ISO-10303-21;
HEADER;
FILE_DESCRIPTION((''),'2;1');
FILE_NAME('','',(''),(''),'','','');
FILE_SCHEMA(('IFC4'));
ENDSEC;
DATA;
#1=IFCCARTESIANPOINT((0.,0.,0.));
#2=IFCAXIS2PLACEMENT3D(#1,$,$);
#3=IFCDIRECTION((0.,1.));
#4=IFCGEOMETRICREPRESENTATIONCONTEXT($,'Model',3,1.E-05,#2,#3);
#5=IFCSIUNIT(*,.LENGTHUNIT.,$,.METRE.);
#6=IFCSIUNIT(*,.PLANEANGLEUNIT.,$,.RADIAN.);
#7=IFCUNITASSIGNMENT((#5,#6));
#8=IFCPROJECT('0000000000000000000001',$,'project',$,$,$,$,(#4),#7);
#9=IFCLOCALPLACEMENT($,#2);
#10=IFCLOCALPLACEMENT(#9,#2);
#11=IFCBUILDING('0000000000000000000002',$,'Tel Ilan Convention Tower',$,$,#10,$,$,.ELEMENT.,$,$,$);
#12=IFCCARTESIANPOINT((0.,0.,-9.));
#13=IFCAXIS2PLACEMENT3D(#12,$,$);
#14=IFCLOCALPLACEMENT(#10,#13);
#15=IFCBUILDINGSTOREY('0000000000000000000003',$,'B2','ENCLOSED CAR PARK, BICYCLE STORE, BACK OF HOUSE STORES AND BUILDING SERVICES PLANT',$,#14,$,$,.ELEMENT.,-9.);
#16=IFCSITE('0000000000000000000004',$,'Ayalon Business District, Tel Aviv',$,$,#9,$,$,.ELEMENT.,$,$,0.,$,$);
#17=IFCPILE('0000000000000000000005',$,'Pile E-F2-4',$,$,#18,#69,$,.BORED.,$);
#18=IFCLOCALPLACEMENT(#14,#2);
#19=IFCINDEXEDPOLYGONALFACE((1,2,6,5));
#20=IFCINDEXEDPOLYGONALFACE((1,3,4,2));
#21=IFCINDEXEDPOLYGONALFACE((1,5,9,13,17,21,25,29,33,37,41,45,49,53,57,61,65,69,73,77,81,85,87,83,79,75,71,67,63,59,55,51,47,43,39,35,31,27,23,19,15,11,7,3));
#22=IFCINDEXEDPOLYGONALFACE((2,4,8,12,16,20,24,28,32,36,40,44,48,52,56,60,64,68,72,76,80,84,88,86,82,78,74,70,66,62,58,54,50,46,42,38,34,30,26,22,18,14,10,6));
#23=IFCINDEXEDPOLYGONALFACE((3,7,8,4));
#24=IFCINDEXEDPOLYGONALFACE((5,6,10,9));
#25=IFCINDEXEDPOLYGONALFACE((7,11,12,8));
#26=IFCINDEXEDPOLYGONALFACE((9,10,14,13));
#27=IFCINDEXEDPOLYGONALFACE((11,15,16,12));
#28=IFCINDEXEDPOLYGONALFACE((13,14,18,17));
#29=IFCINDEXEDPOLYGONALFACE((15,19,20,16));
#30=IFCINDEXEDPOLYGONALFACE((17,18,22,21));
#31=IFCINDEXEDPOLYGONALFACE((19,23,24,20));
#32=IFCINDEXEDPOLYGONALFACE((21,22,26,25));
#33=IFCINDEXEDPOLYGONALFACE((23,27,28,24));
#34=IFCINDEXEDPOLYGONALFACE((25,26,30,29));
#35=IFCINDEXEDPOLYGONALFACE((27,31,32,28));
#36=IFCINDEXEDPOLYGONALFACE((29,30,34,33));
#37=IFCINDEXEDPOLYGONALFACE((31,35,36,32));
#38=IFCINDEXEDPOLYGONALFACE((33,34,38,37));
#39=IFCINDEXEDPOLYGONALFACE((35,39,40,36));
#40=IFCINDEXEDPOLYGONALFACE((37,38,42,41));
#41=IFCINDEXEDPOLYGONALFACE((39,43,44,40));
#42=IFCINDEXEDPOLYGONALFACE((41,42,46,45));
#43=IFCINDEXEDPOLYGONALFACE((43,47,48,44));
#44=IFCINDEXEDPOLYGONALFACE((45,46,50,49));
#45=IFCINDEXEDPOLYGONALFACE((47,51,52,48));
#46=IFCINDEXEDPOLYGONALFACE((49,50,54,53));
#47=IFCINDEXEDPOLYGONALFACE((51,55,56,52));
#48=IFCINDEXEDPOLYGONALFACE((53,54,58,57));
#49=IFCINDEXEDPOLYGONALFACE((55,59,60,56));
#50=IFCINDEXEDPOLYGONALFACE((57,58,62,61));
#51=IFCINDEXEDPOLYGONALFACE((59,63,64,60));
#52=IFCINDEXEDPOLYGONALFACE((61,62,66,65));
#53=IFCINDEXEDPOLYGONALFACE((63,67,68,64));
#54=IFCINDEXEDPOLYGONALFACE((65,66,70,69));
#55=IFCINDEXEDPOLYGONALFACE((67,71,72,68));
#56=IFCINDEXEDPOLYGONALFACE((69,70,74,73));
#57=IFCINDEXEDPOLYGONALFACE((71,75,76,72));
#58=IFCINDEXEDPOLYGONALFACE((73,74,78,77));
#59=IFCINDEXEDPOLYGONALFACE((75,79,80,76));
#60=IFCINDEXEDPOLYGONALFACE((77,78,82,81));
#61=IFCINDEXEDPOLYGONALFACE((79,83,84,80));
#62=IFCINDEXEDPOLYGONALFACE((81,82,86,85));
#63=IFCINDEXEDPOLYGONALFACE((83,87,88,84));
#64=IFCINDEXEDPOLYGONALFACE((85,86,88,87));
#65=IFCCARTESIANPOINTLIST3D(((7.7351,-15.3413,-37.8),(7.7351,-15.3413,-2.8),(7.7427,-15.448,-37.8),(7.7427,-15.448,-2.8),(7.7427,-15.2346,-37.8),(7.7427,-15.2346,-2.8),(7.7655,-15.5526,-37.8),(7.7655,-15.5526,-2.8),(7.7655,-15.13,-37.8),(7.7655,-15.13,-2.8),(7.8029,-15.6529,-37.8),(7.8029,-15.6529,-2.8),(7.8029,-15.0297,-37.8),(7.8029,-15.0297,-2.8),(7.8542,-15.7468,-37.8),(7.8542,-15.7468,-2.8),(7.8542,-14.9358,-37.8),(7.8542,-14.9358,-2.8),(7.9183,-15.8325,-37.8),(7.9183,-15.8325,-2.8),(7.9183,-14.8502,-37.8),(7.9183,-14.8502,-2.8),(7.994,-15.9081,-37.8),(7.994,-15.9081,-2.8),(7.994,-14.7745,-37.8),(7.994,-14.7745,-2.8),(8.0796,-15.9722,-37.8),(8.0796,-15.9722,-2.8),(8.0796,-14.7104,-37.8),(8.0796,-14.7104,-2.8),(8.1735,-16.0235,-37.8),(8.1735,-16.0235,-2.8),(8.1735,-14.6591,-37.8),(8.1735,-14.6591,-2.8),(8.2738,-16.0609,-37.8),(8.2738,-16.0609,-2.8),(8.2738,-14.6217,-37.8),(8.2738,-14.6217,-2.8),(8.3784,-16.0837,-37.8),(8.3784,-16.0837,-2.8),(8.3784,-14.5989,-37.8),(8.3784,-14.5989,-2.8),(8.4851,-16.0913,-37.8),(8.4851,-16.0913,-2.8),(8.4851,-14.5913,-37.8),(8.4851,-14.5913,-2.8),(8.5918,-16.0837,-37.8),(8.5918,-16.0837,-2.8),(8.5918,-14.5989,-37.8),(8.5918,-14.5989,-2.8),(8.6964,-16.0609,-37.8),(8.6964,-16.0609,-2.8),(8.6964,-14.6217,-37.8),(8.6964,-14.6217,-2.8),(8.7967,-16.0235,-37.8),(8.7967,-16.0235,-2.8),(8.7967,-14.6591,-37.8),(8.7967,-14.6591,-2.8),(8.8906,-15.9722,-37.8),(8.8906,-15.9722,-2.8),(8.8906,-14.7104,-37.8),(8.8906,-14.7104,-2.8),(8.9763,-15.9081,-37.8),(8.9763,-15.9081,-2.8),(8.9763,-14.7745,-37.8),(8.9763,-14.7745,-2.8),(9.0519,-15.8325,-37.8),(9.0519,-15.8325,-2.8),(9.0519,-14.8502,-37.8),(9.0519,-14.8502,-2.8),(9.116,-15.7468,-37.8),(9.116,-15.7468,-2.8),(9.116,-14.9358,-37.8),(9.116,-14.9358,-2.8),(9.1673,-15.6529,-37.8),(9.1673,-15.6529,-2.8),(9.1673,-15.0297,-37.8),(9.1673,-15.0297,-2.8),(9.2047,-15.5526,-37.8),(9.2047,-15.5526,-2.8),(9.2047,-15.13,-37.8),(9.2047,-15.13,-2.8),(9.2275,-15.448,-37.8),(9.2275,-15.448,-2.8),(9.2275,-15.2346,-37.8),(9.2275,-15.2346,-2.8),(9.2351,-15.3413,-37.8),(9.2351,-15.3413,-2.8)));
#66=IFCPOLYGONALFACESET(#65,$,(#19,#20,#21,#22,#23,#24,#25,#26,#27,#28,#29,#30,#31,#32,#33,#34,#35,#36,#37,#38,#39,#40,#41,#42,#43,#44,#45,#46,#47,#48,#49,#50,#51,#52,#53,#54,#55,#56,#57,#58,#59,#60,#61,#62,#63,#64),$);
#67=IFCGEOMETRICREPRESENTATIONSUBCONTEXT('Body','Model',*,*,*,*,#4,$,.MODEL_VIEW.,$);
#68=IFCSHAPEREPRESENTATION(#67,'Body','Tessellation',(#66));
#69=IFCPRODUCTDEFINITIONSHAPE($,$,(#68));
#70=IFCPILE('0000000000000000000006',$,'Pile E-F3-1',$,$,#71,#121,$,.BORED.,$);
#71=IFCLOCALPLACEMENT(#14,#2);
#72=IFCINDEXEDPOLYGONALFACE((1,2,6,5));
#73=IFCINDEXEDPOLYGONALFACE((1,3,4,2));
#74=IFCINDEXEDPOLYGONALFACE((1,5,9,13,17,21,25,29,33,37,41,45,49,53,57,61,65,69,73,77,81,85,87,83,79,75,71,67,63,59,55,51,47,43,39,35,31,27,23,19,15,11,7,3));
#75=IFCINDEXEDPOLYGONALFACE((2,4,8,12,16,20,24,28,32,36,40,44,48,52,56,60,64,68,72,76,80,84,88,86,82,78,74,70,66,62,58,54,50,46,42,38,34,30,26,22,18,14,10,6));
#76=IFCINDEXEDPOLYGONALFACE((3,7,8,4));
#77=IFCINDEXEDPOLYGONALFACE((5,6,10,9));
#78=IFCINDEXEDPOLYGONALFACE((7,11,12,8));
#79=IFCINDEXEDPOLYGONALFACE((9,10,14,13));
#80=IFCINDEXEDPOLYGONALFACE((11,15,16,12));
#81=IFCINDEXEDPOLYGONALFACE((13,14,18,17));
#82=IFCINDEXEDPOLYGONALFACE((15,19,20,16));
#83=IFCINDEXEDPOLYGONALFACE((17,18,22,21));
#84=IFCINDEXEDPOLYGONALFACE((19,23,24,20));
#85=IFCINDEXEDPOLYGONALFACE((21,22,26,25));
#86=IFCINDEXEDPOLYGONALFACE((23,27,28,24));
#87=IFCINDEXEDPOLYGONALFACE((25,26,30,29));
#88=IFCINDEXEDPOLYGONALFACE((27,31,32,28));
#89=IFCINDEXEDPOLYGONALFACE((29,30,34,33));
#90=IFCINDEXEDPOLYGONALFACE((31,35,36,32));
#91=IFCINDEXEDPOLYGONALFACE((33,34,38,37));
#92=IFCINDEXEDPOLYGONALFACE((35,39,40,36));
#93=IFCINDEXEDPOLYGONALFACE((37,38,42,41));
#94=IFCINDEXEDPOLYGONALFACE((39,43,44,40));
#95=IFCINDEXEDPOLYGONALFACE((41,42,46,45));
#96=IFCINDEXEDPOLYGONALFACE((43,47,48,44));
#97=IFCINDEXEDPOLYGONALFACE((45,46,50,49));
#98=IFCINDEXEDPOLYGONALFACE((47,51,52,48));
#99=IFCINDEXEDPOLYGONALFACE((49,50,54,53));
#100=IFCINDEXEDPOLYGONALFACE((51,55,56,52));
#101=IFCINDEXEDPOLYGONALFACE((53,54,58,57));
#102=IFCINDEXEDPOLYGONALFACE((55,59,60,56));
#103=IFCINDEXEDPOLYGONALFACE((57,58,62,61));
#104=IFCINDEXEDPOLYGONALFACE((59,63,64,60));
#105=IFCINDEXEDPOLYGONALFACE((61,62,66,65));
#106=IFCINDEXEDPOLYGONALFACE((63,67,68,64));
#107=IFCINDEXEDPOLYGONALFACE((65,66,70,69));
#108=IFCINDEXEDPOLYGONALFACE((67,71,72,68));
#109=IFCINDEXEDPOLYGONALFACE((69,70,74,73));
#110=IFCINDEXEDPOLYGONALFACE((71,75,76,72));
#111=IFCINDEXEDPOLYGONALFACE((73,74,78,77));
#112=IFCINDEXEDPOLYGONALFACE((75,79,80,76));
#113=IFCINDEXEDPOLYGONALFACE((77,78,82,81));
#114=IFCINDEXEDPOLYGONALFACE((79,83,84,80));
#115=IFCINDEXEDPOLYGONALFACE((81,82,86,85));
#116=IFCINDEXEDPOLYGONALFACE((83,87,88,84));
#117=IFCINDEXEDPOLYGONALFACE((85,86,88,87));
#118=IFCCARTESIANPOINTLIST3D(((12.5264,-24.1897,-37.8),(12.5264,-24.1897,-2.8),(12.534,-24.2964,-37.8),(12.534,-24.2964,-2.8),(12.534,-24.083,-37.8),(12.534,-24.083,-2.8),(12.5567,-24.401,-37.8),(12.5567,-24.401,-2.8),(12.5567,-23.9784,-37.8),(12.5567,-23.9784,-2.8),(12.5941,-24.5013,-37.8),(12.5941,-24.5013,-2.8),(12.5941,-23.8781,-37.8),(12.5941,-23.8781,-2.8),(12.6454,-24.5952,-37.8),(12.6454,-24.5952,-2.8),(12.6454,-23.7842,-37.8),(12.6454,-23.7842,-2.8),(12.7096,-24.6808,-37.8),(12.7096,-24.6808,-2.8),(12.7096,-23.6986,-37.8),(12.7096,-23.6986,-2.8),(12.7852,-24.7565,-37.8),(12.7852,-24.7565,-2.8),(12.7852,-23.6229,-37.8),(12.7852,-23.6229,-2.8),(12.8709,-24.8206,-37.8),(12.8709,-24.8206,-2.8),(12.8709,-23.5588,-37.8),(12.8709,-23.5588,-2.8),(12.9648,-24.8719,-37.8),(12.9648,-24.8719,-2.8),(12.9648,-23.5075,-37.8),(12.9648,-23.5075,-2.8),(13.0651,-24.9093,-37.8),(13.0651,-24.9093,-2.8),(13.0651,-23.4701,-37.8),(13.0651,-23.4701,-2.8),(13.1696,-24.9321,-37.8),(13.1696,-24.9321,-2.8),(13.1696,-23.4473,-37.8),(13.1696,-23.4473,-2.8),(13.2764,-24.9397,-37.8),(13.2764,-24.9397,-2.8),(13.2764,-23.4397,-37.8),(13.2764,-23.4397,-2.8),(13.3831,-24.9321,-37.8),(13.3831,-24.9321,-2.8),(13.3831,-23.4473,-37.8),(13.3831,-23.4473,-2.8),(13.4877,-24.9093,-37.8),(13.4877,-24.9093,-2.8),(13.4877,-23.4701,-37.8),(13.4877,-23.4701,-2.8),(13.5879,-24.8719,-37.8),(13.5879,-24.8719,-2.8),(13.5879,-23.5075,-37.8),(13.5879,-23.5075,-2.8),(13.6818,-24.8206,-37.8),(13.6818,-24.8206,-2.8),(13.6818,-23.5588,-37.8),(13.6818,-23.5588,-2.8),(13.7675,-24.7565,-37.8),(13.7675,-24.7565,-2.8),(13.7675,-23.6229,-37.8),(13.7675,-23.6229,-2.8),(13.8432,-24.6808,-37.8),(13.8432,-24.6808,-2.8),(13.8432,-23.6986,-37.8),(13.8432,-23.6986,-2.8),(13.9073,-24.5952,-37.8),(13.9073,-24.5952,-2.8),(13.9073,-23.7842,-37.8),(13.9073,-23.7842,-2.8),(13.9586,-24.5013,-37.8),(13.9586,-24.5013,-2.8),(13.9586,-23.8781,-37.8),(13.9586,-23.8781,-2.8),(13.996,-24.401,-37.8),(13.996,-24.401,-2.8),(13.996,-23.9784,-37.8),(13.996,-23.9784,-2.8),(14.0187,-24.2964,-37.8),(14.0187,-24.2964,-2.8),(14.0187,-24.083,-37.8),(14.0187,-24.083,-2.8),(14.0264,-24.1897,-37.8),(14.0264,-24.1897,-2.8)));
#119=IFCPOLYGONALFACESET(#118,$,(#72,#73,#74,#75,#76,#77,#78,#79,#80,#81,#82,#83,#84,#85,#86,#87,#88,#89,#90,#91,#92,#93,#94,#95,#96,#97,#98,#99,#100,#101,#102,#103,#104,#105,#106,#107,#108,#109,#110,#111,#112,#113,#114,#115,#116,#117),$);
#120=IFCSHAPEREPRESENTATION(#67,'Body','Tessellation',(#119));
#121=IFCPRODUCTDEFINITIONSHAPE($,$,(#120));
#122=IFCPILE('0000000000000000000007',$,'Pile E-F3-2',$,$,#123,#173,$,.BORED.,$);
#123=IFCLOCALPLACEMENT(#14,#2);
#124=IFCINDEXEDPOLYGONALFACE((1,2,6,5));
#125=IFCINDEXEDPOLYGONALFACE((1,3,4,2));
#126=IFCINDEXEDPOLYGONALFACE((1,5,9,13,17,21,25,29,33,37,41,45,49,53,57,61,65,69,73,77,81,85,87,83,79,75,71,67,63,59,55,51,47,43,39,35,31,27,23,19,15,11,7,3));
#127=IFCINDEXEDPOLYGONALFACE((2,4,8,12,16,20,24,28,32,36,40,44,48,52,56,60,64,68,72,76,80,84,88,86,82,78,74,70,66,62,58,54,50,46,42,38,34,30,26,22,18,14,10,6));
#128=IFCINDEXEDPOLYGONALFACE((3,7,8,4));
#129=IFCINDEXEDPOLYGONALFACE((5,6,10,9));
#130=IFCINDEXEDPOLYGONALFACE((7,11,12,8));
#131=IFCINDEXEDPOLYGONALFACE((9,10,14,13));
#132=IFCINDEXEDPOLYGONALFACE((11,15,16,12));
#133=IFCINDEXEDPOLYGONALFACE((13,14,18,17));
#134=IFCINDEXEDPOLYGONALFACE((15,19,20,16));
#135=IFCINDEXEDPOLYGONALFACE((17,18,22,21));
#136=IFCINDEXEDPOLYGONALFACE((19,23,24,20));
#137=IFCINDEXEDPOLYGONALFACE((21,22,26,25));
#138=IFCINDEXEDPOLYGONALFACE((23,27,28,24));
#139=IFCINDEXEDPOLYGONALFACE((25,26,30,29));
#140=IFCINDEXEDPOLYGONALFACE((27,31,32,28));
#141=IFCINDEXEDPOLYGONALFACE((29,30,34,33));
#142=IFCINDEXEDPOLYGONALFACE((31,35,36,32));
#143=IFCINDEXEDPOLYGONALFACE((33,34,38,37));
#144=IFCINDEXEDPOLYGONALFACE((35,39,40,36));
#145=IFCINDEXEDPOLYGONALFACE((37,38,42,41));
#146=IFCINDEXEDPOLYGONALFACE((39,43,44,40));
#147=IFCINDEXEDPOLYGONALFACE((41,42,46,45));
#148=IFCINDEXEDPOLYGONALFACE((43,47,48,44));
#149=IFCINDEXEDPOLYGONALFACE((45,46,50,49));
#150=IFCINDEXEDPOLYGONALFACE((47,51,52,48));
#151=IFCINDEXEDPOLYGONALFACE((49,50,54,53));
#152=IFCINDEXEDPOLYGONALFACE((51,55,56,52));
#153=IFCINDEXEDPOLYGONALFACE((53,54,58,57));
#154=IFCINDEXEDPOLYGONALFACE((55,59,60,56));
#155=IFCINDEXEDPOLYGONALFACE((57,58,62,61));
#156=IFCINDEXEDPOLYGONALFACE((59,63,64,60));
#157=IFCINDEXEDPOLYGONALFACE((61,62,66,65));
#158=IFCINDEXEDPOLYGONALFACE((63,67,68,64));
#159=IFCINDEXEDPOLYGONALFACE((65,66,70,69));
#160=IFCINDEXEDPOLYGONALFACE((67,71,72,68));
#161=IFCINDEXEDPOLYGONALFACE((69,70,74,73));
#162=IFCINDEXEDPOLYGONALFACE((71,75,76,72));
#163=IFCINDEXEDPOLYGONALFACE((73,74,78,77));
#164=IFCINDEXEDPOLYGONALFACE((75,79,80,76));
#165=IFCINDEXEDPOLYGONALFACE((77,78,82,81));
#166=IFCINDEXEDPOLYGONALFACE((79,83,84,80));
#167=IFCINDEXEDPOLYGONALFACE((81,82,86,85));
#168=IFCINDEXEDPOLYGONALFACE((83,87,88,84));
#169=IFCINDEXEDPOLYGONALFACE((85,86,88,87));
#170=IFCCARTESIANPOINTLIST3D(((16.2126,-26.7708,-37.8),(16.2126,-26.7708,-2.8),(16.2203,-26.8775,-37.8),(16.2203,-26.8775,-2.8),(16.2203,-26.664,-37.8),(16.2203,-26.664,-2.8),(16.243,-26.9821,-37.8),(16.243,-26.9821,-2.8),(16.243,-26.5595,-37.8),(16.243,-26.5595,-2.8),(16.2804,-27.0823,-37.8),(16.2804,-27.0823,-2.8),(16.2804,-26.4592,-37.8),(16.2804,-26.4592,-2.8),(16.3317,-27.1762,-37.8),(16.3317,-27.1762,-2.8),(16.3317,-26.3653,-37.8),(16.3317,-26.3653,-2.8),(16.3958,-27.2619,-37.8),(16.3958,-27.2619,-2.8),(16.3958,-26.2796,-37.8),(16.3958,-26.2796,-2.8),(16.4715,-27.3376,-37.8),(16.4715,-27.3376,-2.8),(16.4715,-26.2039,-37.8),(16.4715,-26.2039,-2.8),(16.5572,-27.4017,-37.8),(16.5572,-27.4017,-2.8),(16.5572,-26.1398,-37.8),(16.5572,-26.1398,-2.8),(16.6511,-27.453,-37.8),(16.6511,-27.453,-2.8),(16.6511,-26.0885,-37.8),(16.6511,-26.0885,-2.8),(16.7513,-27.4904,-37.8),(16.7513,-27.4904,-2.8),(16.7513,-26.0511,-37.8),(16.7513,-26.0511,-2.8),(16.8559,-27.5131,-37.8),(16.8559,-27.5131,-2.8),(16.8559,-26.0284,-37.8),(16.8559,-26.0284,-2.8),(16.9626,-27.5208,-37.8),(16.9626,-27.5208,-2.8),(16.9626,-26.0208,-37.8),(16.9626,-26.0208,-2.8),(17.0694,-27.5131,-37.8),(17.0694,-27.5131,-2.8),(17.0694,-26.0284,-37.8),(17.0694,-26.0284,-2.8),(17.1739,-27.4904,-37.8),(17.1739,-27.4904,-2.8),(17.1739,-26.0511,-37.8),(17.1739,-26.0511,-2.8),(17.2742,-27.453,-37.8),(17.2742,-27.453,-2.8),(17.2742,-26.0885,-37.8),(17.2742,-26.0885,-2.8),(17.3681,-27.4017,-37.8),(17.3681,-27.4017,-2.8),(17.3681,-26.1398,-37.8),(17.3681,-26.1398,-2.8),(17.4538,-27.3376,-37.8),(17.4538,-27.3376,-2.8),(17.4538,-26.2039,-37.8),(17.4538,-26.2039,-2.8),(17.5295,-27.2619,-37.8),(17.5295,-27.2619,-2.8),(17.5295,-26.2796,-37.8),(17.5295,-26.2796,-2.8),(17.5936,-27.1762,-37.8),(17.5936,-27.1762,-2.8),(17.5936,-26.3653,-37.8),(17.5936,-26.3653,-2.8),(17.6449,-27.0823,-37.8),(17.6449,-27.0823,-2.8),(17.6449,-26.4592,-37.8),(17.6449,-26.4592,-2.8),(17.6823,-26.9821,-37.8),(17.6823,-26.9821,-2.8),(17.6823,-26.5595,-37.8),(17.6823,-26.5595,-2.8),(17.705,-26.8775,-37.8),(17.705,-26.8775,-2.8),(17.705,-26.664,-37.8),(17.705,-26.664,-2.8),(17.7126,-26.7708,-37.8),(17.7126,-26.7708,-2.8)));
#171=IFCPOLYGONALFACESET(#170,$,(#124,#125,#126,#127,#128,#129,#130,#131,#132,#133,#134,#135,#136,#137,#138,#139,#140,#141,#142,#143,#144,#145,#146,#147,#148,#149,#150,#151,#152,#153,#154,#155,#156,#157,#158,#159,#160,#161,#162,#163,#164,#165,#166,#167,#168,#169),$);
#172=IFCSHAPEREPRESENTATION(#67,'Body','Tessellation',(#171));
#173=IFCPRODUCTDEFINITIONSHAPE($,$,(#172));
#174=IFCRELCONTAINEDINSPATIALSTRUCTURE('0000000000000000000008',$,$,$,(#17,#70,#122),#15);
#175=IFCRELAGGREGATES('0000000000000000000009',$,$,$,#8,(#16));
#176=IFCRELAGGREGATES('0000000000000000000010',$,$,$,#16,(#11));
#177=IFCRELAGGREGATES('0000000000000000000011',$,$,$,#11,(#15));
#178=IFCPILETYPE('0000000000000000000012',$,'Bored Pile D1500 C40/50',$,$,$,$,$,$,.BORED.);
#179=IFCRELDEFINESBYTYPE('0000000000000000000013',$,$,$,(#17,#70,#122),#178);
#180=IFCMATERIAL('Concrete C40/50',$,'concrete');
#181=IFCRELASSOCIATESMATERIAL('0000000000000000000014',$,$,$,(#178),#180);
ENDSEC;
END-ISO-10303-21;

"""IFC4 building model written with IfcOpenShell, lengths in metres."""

from ifc_helpers import new_model, si_unit, direction, frame, origin, origin_2d, place, context, subcontext, project, spatial, circle, extrude, material, material_profile, profile_set, type_object, element, save


model = new_model("IFC4")

# Units and contexts
model_context = context("Model", 3, precision=1e-05, world=origin(), true_north=direction((0.0, 1.0)))
body_context = subcontext(model_context, "Body", "Model", "MODEL_VIEW")
ifc_project = project(units=[si_unit("LENGTHUNIT", "METRE"), si_unit("PLANEANGLEUNIT", "RADIAN")], contexts=[model_context])

# Site, building, storey
site_placement = place(None, origin())
site = spatial("IfcSite", under=ifc_project, at=site_placement, Name="Ayalon Business District, Tel Aviv", CompositionType="ELEMENT", RefElevation=0.0)
building_placement = place(site_placement, origin())
building = spatial("IfcBuilding", under=site, at=building_placement, Name="Tel Ilan Convention Tower", CompositionType="ELEMENT")
storey_placement = place(building_placement, frame((0.0, 0.0, -9.0)))
storey = spatial("IfcBuildingStorey", under=building, at=storey_placement, Name="B2", Description="ENCLOSED CAR PARK, BICYCLE STORE, BACK OF HOUSE STORES AND BUILDING SERVICES PLANT", CompositionType="ELEMENT", Elevation=-9.0)

# Piles
ifc_material_1 = material(Name="Concrete C40/50", Category="concrete")
ifc_material_profile_1 = material_profile(ifc_material_1, circle(Radius=0.75, at=origin_2d()), Name="BORED D1500")
ifc_profile_set_1 = profile_set([ifc_material_profile_1], Name="Concrete C40/50")
pile_type_1 = type_object("IfcPileType", Name="Bored Pile D1500 C40/50", PredefinedType="BORED", material=ifc_profile_set_1)
for number, where, z_axis, x_axis, name in (
    (1, (8.4851, -15.3413, -2.8), (0.0, 0.0, -1.0), (1.0, 0.0, 0.0), "Pile E-F2-4"),
    (2, (13.2764, -24.1897, -2.8), (0.0, 0.0, -1.0), (1.0, 0.0, 0.0), "Pile E-F3-1"),
    (3, (16.9626, -26.7708, -2.8), (0.0, 0.0, -1.0), (1.0, 0.0, 0.0), "Pile E-F3-2"),
):
    element("IfcPile", number, at=place(storey_placement, frame(where, z_axis=z_axis, x_axis=x_axis)), inside=storey, type_object=pile_type_1, Name=name, PredefinedType="BORED", context=body_context, shape_type="SweptSolid", body=[
        extrude(circle(Radius=0.75, at=origin_2d()), origin(), (0.0, 0.0, 1.0), 35.0),
    ])

save(model, "model.ifc")
